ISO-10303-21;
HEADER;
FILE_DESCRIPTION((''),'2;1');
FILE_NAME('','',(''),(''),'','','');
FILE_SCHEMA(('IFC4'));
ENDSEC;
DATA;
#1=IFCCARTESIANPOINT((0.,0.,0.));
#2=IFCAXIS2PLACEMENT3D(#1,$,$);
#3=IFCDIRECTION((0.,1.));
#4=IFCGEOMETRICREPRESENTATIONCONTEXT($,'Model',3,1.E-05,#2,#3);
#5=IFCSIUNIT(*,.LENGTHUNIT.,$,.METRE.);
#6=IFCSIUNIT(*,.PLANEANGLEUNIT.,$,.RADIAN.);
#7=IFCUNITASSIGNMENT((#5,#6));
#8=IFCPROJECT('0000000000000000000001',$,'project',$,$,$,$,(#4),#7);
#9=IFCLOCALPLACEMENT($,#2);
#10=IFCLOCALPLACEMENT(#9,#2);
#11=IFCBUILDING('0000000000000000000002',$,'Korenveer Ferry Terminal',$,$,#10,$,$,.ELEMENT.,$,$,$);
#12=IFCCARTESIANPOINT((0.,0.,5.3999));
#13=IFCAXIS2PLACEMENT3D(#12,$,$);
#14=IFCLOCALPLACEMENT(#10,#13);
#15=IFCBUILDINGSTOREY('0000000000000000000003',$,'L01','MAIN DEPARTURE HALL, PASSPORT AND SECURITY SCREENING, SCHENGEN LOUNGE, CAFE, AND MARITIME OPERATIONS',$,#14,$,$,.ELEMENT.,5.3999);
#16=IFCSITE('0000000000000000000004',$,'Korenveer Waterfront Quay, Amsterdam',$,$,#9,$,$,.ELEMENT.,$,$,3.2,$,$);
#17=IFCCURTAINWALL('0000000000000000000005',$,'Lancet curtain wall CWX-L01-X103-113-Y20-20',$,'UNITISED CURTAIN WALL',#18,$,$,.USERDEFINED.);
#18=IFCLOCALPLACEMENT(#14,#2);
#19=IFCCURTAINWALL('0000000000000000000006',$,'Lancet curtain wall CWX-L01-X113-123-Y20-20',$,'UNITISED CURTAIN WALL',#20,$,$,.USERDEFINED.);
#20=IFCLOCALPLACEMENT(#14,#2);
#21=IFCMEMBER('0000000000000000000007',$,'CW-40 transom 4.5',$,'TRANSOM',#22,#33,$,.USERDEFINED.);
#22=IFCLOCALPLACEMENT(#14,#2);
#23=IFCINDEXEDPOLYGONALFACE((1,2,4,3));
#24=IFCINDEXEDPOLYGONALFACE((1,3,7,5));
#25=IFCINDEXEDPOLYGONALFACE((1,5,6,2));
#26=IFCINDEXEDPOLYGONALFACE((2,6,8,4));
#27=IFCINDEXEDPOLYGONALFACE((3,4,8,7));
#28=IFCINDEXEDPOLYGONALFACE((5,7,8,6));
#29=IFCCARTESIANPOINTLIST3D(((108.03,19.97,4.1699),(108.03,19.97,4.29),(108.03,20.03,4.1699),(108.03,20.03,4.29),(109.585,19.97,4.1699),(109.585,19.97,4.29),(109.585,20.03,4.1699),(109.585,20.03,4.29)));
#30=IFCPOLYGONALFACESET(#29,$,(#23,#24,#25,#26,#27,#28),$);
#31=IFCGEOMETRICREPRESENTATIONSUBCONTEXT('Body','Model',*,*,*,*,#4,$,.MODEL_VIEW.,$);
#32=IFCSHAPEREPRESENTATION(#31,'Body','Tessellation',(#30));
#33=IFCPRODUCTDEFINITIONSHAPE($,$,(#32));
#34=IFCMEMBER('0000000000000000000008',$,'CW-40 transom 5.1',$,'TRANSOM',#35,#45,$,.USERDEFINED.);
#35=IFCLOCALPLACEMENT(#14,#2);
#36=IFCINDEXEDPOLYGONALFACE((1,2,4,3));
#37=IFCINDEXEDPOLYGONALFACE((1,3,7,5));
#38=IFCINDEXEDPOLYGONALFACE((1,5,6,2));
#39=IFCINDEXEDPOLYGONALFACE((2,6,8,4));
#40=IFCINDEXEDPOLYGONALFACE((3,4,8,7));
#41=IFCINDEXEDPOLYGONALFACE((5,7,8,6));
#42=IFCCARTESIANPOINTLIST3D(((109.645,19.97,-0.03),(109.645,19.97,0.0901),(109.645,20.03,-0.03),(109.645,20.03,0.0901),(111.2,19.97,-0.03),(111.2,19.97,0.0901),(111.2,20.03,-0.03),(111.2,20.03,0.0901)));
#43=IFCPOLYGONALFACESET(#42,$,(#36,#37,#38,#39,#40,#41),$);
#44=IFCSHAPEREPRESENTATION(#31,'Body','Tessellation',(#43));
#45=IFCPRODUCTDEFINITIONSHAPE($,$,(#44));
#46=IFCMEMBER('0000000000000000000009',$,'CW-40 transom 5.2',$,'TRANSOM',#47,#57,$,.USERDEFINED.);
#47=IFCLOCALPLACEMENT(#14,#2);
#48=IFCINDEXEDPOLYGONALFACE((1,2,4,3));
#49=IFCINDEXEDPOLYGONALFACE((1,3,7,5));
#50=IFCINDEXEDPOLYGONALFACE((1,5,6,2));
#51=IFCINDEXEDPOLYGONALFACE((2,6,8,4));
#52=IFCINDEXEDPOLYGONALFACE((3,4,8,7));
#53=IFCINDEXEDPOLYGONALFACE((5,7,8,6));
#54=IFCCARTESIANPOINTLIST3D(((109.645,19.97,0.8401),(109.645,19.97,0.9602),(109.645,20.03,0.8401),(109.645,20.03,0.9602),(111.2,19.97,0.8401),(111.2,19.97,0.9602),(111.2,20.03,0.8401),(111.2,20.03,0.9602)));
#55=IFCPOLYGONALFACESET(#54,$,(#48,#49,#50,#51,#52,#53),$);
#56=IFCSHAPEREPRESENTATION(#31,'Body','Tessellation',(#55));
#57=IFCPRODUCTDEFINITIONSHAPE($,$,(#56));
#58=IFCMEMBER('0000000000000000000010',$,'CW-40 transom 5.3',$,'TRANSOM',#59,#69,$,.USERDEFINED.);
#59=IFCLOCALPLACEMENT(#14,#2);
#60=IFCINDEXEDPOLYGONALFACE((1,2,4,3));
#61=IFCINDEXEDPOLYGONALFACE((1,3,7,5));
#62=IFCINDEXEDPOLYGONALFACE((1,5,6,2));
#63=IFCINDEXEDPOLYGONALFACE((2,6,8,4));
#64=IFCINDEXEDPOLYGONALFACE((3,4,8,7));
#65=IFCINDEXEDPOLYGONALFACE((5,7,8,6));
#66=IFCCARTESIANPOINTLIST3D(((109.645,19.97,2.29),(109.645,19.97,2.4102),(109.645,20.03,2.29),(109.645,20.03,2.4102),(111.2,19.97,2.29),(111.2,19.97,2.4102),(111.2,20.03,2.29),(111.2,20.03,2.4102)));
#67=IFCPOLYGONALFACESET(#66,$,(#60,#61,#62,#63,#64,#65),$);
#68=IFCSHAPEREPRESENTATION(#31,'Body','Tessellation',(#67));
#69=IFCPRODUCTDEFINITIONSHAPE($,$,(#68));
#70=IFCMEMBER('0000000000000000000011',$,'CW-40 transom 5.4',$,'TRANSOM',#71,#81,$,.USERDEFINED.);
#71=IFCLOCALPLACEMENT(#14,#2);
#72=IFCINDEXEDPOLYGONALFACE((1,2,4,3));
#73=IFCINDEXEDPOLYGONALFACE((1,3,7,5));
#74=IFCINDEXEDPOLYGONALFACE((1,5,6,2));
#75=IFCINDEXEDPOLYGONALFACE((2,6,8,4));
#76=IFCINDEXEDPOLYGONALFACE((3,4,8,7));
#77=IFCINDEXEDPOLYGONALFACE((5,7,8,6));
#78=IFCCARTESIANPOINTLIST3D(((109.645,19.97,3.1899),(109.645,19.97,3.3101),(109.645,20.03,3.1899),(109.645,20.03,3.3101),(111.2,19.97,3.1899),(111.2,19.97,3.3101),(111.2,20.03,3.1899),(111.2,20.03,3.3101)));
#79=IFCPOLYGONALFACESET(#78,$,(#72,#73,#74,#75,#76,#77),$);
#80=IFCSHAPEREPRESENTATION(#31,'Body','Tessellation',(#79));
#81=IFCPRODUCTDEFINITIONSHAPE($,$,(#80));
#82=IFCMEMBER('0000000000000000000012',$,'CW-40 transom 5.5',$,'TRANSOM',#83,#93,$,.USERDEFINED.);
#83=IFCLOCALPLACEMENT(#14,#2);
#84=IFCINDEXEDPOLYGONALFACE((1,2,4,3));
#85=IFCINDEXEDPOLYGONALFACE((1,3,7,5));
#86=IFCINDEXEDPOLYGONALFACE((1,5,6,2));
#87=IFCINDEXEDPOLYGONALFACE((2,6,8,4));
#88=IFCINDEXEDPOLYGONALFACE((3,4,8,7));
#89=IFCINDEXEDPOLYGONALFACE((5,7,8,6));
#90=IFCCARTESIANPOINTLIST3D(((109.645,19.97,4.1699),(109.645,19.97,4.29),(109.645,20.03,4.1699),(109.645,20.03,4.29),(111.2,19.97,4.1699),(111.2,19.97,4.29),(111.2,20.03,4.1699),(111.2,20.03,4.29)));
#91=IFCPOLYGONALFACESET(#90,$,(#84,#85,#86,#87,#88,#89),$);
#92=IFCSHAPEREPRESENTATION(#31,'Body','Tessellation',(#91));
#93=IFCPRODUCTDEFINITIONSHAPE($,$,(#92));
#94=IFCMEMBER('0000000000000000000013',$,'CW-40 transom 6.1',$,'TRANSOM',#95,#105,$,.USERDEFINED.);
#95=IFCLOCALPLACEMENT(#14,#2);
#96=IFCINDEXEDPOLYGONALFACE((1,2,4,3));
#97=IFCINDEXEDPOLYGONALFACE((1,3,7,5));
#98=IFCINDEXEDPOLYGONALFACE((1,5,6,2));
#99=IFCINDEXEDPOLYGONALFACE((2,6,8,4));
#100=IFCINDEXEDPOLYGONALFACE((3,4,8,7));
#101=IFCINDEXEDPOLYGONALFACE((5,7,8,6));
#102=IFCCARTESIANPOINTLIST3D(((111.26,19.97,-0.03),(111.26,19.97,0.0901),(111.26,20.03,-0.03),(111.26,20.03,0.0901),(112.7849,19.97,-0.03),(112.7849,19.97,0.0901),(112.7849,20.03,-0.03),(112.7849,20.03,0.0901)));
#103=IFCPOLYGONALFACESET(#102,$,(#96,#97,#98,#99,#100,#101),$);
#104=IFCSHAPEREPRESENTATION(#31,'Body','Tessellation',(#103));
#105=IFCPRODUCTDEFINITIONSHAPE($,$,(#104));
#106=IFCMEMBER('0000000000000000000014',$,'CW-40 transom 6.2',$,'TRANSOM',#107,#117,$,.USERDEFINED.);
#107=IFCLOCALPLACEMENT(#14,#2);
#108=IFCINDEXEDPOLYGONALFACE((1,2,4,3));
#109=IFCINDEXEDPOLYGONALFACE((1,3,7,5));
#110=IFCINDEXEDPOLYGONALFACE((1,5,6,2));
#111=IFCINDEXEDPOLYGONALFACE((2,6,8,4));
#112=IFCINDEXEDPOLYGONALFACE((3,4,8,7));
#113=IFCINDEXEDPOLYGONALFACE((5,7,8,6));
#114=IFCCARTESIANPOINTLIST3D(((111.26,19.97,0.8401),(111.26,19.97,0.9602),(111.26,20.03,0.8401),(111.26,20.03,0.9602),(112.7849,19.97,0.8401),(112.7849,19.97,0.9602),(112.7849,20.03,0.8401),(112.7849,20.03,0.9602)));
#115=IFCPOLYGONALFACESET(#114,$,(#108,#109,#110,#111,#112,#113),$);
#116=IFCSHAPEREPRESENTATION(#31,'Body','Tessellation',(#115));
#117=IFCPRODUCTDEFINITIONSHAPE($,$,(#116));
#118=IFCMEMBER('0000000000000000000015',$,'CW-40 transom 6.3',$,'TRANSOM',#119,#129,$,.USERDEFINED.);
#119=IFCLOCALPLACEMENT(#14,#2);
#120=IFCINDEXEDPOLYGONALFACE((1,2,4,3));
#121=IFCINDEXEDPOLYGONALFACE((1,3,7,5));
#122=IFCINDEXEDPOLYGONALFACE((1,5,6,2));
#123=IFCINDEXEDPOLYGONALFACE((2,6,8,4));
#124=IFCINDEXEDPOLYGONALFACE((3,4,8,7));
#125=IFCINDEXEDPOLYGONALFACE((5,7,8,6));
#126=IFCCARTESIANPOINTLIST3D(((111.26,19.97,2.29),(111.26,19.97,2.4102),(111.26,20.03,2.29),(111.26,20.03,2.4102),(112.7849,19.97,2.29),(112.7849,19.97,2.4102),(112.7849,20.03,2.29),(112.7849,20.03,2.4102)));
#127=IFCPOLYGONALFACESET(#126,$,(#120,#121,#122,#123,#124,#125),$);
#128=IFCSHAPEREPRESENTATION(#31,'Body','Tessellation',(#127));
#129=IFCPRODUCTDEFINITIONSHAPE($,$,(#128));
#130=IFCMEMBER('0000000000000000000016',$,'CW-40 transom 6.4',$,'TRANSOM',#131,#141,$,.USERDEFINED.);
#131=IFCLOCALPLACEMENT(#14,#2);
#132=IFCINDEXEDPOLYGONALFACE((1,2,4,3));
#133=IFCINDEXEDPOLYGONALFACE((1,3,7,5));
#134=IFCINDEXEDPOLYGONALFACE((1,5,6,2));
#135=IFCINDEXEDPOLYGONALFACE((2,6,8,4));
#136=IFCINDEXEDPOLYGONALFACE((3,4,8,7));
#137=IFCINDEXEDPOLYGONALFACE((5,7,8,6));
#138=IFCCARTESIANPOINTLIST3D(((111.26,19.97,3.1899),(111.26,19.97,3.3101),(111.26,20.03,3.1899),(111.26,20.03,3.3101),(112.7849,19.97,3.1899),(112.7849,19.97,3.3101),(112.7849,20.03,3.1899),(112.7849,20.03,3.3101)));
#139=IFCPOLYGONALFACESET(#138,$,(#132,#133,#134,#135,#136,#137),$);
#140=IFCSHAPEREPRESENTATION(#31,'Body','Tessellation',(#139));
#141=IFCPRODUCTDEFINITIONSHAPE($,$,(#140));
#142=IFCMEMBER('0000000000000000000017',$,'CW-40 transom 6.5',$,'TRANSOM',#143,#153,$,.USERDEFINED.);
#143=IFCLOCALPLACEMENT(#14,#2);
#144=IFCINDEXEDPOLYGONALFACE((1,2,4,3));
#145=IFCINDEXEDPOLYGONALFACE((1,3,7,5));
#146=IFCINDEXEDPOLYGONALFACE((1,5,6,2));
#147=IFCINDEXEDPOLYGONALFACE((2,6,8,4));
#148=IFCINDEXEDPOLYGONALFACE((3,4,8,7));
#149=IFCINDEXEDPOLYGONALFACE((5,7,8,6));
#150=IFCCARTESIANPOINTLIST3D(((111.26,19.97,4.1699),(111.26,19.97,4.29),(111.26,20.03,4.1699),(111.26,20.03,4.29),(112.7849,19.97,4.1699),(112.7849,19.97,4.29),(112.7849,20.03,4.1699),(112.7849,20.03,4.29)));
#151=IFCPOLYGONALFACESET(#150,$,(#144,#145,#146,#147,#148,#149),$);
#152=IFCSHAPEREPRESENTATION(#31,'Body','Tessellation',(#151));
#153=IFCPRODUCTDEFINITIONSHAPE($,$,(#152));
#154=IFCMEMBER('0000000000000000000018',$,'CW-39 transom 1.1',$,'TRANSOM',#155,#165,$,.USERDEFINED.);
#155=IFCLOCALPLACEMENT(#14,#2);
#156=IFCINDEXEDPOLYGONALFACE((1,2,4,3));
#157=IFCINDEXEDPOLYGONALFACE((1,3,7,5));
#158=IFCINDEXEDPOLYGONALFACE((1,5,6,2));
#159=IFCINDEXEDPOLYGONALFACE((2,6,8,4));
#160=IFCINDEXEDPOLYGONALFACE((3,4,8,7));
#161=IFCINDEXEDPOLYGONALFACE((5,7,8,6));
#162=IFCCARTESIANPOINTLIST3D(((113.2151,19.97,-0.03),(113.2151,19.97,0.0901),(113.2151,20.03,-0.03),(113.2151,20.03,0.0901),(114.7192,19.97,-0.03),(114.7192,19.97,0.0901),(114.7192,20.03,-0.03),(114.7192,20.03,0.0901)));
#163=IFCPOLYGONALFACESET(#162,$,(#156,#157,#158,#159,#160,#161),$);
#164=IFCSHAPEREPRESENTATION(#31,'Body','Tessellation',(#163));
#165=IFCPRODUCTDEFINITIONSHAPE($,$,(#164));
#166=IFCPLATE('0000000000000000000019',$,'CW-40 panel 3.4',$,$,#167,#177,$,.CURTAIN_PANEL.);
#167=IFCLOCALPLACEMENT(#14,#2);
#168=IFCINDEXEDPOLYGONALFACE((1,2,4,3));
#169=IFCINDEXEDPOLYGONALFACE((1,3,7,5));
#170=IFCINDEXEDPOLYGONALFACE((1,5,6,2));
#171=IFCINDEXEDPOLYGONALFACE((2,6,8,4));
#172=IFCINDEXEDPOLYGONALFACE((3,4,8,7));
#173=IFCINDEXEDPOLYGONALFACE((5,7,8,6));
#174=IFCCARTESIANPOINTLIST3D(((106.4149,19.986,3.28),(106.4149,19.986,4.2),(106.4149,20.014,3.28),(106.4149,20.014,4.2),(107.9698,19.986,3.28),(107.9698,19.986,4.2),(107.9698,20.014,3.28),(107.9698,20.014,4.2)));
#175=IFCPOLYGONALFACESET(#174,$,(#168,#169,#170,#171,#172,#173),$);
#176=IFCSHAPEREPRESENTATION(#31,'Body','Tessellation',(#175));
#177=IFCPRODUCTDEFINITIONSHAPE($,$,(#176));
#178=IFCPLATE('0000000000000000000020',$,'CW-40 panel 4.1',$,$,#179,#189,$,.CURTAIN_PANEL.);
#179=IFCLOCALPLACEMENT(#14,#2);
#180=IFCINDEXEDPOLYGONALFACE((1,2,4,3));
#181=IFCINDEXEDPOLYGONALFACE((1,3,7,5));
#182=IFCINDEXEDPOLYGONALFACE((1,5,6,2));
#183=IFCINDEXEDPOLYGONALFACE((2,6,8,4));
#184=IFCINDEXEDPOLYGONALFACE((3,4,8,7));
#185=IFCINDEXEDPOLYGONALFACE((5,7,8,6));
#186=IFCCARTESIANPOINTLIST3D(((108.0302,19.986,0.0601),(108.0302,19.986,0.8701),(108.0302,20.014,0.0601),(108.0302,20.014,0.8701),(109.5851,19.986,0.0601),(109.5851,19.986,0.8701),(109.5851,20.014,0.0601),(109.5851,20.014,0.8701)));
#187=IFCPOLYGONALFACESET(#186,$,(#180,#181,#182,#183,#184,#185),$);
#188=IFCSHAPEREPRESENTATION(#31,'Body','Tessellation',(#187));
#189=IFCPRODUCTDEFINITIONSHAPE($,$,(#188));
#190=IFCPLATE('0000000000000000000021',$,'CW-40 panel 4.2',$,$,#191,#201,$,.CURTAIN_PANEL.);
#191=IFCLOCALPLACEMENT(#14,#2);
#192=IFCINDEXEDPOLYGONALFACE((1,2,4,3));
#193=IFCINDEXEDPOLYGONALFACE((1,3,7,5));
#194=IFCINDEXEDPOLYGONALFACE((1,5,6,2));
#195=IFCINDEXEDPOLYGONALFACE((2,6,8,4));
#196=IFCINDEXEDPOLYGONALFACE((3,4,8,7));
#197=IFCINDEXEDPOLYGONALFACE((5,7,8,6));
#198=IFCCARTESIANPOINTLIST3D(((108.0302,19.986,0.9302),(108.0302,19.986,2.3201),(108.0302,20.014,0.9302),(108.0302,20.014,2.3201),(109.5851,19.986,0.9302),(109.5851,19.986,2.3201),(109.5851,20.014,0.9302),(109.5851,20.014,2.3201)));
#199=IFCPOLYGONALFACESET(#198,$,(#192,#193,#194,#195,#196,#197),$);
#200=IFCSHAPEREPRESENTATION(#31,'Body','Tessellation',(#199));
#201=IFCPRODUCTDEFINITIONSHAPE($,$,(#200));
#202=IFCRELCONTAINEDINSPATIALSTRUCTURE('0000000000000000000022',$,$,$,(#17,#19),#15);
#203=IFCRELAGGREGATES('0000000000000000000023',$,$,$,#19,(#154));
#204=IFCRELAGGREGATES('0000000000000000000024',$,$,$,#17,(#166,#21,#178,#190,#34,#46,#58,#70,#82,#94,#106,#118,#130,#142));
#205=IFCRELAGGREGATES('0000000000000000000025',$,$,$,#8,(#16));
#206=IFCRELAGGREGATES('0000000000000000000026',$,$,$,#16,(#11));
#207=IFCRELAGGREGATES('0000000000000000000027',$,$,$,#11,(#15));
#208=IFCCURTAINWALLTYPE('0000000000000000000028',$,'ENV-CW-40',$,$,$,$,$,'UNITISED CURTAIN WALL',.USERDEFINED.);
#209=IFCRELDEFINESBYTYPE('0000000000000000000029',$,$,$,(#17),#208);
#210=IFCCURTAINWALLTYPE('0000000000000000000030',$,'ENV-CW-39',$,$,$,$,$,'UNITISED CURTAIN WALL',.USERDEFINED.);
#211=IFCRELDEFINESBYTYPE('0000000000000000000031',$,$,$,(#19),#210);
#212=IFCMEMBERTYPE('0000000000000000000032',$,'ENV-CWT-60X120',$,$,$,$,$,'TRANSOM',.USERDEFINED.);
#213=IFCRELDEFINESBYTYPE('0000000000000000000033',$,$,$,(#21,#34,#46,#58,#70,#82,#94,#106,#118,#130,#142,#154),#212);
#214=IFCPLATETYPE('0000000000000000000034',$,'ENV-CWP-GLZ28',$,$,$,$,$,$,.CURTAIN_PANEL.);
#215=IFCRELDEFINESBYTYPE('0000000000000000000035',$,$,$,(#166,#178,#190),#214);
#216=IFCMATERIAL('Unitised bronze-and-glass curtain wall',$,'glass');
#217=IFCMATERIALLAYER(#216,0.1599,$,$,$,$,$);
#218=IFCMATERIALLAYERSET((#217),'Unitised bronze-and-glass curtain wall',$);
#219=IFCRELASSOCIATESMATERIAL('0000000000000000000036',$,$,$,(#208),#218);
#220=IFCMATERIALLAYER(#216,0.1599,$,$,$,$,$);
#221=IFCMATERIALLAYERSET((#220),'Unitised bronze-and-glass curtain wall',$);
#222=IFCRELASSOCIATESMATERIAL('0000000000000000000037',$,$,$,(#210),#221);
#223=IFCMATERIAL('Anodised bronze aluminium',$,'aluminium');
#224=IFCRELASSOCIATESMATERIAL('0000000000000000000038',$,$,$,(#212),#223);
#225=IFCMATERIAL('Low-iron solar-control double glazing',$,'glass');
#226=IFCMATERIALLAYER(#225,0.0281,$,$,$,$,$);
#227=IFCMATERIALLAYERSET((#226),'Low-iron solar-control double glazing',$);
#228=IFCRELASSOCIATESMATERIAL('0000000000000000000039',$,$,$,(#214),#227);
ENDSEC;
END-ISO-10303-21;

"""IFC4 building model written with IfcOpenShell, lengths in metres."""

from ifc_helpers import new_model, si_unit, direction, frame, origin, origin_2d, place, context, subcontext, project, spatial, rectangle, extrude, material, layer, layer_set, material_profile, profile_set, type_object, element, aggregate, save


model = new_model("IFC4")

# Units and contexts
model_context = context("Model", 3, precision=1e-05, world=origin(), true_north=direction((0.0, 1.0)))
body_context = subcontext(model_context, "Body", "Model", "MODEL_VIEW")
ifc_project = project(units=[si_unit("LENGTHUNIT", "METRE"), si_unit("PLANEANGLEUNIT", "RADIAN")], contexts=[model_context])

# Site, building, storey
site_placement = place(None, origin())
site = spatial("IfcSite", under=ifc_project, at=site_placement, Name="Korenveer Waterfront Quay, Amsterdam", CompositionType="ELEMENT", RefElevation=3.2)
building_placement = place(site_placement, origin())
building = spatial("IfcBuilding", under=site, at=building_placement, Name="Korenveer Ferry Terminal", CompositionType="ELEMENT")
storey_placement = place(building_placement, frame((0.0, 0.0, 5.3999)))
storey = spatial("IfcBuildingStorey", under=building, at=storey_placement, Name="L01", Description="MAIN DEPARTURE HALL, PASSPORT AND SECURITY SCREENING, SCHENGEN LOUNGE, CAFE, AND MARITIME OPERATIONS", CompositionType="ELEMENT", Elevation=5.3999)

# Curtain wall
ifc_material_1 = material(Name="Unitised bronze-and-glass curtain wall", Category="glass")
ifc_layer_1 = layer(ifc_material_1, 0.1599)
ifc_layer_set_1 = layer_set([ifc_layer_1], Name="Unitised bronze-and-glass curtain wall")
curtain_wall_type_1 = type_object("IfcCurtainWallType", Name="ENV-CW-40", ElementType="UNITISED CURTAIN WALL", PredefinedType="USERDEFINED", material=ifc_layer_set_1)
curtain_wall_1_placement = place(storey_placement, frame((103.155, 20.0, 0.0)))
curtain_wall_1 = element("IfcCurtainWall", 1, at=curtain_wall_1_placement, inside=storey, type_object=curtain_wall_type_1, Name="Lancet curtain wall CWX-L01-X103-113-Y20-20", ObjectType="UNITISED CURTAIN WALL", PredefinedType="USERDEFINED")
ifc_material_2 = material(Name="Anodised bronze aluminium", Category="aluminium")

# Curtain wall
ifc_layer_2 = layer(ifc_material_1, 0.1599)
ifc_layer_set_2 = layer_set([ifc_layer_2], Name="Unitised bronze-and-glass curtain wall")
curtain_wall_type_2 = type_object("IfcCurtainWallType", Name="ENV-CW-39", ElementType="UNITISED CURTAIN WALL", PredefinedType="USERDEFINED", material=ifc_layer_set_2)
curtain_wall_2_placement = place(storey_placement, frame((113.155, 20.0, 0.0)))
curtain_wall_2 = element("IfcCurtainWall", 2, at=curtain_wall_2_placement, inside=storey, type_object=curtain_wall_type_2, Name="Lancet curtain wall CWX-L01-X113-123-Y20-20", ObjectType="UNITISED CURTAIN WALL", PredefinedType="USERDEFINED")

# Members
ifc_material_profile_1 = material_profile(ifc_material_2, rectangle(XDim=0.0601, YDim=0.1201, at=origin_2d()), Name="ALU 60x120")
ifc_profile_set_1 = profile_set([ifc_material_profile_1], Name="Anodised bronze aluminium")
member_type_1 = type_object("IfcMemberType", Name="ENV-CWT-60X120", ElementType="TRANSOM", PredefinedType="USERDEFINED", material=ifc_profile_set_1)
member_1_placement = place(storey_placement, frame((108.03, 20.0, 4.23), z_axis=(1.0, 0.0, 0.0), x_axis=(0.0, 1.0, 0.0)))
member_1 = element("IfcMember", 3, at=member_1_placement, type_object=member_type_1, Name="CW-40 transom 4.5", ObjectType="TRANSOM", PredefinedType="USERDEFINED", context=body_context, shape_type="SweptSolid", body=[
    extrude(rectangle(XDim=0.0601, YDim=0.1201, at=origin_2d()), origin(), (0.0, 0.0, 1.0), 1.5549),
])
member_2_placement = place(storey_placement, frame((109.645, 20.0, 0.03), z_axis=(1.0, 0.0, 0.0), x_axis=(0.0, 1.0, 0.0)))
member_2 = element("IfcMember", 4, at=member_2_placement, type_object=member_type_1, Name="CW-40 transom 5.1", ObjectType="TRANSOM", PredefinedType="USERDEFINED", context=body_context, shape_type="SweptSolid", body=[
    extrude(rectangle(XDim=0.0601, YDim=0.1201, at=origin_2d()), origin(), (0.0, 0.0, 1.0), 1.5549),
])
member_3_placement = place(storey_placement, frame((109.645, 20.0, 0.9001), z_axis=(1.0, 0.0, 0.0), x_axis=(0.0, 1.0, 0.0)))
member_3 = element("IfcMember", 5, at=member_3_placement, type_object=member_type_1, Name="CW-40 transom 5.2", ObjectType="TRANSOM", PredefinedType="USERDEFINED", context=body_context, shape_type="SweptSolid", body=[
    extrude(rectangle(XDim=0.0601, YDim=0.1201, at=origin_2d()), origin(), (0.0, 0.0, 1.0), 1.5549),
])
member_4_placement = place(storey_placement, frame((109.645, 20.0, 2.3501), z_axis=(1.0, 0.0, 0.0), x_axis=(0.0, 1.0, 0.0)))
member_4 = element("IfcMember", 6, at=member_4_placement, type_object=member_type_1, Name="CW-40 transom 5.3", ObjectType="TRANSOM", PredefinedType="USERDEFINED", context=body_context, shape_type="SweptSolid", body=[
    extrude(rectangle(XDim=0.0601, YDim=0.1201, at=origin_2d()), origin(), (0.0, 0.0, 1.0), 1.5549),
])
member_5_placement = place(storey_placement, frame((109.645, 20.0, 3.25), z_axis=(1.0, 0.0, 0.0), x_axis=(0.0, 1.0, 0.0)))
member_5 = element("IfcMember", 7, at=member_5_placement, type_object=member_type_1, Name="CW-40 transom 5.4", ObjectType="TRANSOM", PredefinedType="USERDEFINED", context=body_context, shape_type="SweptSolid", body=[
    extrude(rectangle(XDim=0.0601, YDim=0.1201, at=origin_2d()), origin(), (0.0, 0.0, 1.0), 1.5549),
])
member_6_placement = place(storey_placement, frame((109.645, 20.0, 4.23), z_axis=(1.0, 0.0, 0.0), x_axis=(0.0, 1.0, 0.0)))
member_6 = element("IfcMember", 8, at=member_6_placement, type_object=member_type_1, Name="CW-40 transom 5.5", ObjectType="TRANSOM", PredefinedType="USERDEFINED", context=body_context, shape_type="SweptSolid", body=[
    extrude(rectangle(XDim=0.0601, YDim=0.1201, at=origin_2d()), origin(), (0.0, 0.0, 1.0), 1.5549),
])
member_7_placement = place(storey_placement, frame((111.26, 20.0, 0.03), z_axis=(1.0, 0.0, 0.0), x_axis=(0.0, 1.0, 0.0)))
member_7 = element("IfcMember", 9, at=member_7_placement, type_object=member_type_1, Name="CW-40 transom 6.1", ObjectType="TRANSOM", PredefinedType="USERDEFINED", context=body_context, shape_type="SweptSolid", body=[
    extrude(rectangle(XDim=0.0601, YDim=0.1201, at=origin_2d()), origin(), (0.0, 0.0, 1.0), 1.5249),
])
member_8_placement = place(storey_placement, frame((111.26, 20.0, 0.9001), z_axis=(1.0, 0.0, 0.0), x_axis=(0.0, 1.0, 0.0)))
member_8 = element("IfcMember", 10, at=member_8_placement, type_object=member_type_1, Name="CW-40 transom 6.2", ObjectType="TRANSOM", PredefinedType="USERDEFINED", context=body_context, shape_type="SweptSolid", body=[
    extrude(rectangle(XDim=0.0601, YDim=0.1201, at=origin_2d()), origin(), (0.0, 0.0, 1.0), 1.5249),
])
member_9_placement = place(storey_placement, frame((111.26, 20.0, 2.3501), z_axis=(1.0, 0.0, 0.0), x_axis=(0.0, 1.0, 0.0)))
member_9 = element("IfcMember", 11, at=member_9_placement, type_object=member_type_1, Name="CW-40 transom 6.3", ObjectType="TRANSOM", PredefinedType="USERDEFINED", context=body_context, shape_type="SweptSolid", body=[
    extrude(rectangle(XDim=0.0601, YDim=0.1201, at=origin_2d()), origin(), (0.0, 0.0, 1.0), 1.5249),
])
member_10_placement = place(storey_placement, frame((111.26, 20.0, 3.25), z_axis=(1.0, 0.0, 0.0), x_axis=(0.0, 1.0, 0.0)))
member_10 = element("IfcMember", 12, at=member_10_placement, type_object=member_type_1, Name="CW-40 transom 6.4", ObjectType="TRANSOM", PredefinedType="USERDEFINED", context=body_context, shape_type="SweptSolid", body=[
    extrude(rectangle(XDim=0.0601, YDim=0.1201, at=origin_2d()), origin(), (0.0, 0.0, 1.0), 1.5249),
])
member_11_placement = place(storey_placement, frame((111.26, 20.0, 4.23), z_axis=(1.0, 0.0, 0.0), x_axis=(0.0, 1.0, 0.0)))
member_11 = element("IfcMember", 13, at=member_11_placement, type_object=member_type_1, Name="CW-40 transom 6.5", ObjectType="TRANSOM", PredefinedType="USERDEFINED", context=body_context, shape_type="SweptSolid", body=[
    extrude(rectangle(XDim=0.0601, YDim=0.1201, at=origin_2d()), origin(), (0.0, 0.0, 1.0), 1.5249),
])
member_12_placement = place(storey_placement, frame((113.2151, 20.0, 0.03), z_axis=(1.0, 0.0, 0.0), x_axis=(0.0, 1.0, 0.0)))
member_12 = element("IfcMember", 14, at=member_12_placement, type_object=member_type_1, Name="CW-39 transom 1.1", ObjectType="TRANSOM", PredefinedType="USERDEFINED", context=body_context, shape_type="SweptSolid", body=[
    extrude(rectangle(XDim=0.0601, YDim=0.1201, at=origin_2d()), origin(), (0.0, 0.0, 1.0), 1.5042),
])
aggregate(curtain_wall_2, [member_12])

# Plates
ifc_material_3 = material(Name="Low-iron solar-control double glazing", Category="glass")
ifc_layer_3 = layer(ifc_material_3, 0.0281)
ifc_layer_set_3 = layer_set([ifc_layer_3], Name="Low-iron solar-control double glazing")
plate_type_1 = type_object("IfcPlateType", Name="ENV-CWP-GLZ28", PredefinedType="CURTAIN_PANEL", material=ifc_layer_set_3)
plate_1_placement = place(storey_placement, frame((107.1924, 20.0, 3.28), z_axis=(0.0, 0.0, 1.0), x_axis=(1.0, 0.0, 0.0)))
plate_1 = element("IfcPlate", 15, at=plate_1_placement, type_object=plate_type_1, Name="CW-40 panel 3.4", PredefinedType="CURTAIN_PANEL", context=body_context, shape_type="SweptSolid", body=[
    extrude(rectangle(XDim=1.5549, YDim=0.0281, at=origin_2d()), origin(), (0.0, 0.0, 1.0), 0.9199),
])
plate_2_placement = place(storey_placement, frame((108.8076, 20.0, 0.0601), z_axis=(0.0, 0.0, 1.0), x_axis=(1.0, 0.0, 0.0)))
plate_2 = element("IfcPlate", 16, at=plate_2_placement, type_object=plate_type_1, Name="CW-40 panel 4.1", PredefinedType="CURTAIN_PANEL", context=body_context, shape_type="SweptSolid", body=[
    extrude(rectangle(XDim=1.5549, YDim=0.0281, at=origin_2d()), origin(), (0.0, 0.0, 1.0), 0.8101),
])
plate_3_placement = place(storey_placement, frame((108.8076, 20.0, 0.9302), z_axis=(0.0, 0.0, 1.0), x_axis=(1.0, 0.0, 0.0)))
plate_3 = element("IfcPlate", 17, at=plate_3_placement, type_object=plate_type_1, Name="CW-40 panel 4.2", PredefinedType="CURTAIN_PANEL", context=body_context, shape_type="SweptSolid", body=[
    extrude(rectangle(XDim=1.5549, YDim=0.0281, at=origin_2d()), origin(), (0.0, 0.0, 1.0), 1.3899),
])
aggregate(curtain_wall_1, [plate_1, member_1, plate_2, plate_3, member_2, member_3, member_4, member_5, member_6, member_7, member_8, member_9, member_10, member_11])

save(model, "model.ifc")
